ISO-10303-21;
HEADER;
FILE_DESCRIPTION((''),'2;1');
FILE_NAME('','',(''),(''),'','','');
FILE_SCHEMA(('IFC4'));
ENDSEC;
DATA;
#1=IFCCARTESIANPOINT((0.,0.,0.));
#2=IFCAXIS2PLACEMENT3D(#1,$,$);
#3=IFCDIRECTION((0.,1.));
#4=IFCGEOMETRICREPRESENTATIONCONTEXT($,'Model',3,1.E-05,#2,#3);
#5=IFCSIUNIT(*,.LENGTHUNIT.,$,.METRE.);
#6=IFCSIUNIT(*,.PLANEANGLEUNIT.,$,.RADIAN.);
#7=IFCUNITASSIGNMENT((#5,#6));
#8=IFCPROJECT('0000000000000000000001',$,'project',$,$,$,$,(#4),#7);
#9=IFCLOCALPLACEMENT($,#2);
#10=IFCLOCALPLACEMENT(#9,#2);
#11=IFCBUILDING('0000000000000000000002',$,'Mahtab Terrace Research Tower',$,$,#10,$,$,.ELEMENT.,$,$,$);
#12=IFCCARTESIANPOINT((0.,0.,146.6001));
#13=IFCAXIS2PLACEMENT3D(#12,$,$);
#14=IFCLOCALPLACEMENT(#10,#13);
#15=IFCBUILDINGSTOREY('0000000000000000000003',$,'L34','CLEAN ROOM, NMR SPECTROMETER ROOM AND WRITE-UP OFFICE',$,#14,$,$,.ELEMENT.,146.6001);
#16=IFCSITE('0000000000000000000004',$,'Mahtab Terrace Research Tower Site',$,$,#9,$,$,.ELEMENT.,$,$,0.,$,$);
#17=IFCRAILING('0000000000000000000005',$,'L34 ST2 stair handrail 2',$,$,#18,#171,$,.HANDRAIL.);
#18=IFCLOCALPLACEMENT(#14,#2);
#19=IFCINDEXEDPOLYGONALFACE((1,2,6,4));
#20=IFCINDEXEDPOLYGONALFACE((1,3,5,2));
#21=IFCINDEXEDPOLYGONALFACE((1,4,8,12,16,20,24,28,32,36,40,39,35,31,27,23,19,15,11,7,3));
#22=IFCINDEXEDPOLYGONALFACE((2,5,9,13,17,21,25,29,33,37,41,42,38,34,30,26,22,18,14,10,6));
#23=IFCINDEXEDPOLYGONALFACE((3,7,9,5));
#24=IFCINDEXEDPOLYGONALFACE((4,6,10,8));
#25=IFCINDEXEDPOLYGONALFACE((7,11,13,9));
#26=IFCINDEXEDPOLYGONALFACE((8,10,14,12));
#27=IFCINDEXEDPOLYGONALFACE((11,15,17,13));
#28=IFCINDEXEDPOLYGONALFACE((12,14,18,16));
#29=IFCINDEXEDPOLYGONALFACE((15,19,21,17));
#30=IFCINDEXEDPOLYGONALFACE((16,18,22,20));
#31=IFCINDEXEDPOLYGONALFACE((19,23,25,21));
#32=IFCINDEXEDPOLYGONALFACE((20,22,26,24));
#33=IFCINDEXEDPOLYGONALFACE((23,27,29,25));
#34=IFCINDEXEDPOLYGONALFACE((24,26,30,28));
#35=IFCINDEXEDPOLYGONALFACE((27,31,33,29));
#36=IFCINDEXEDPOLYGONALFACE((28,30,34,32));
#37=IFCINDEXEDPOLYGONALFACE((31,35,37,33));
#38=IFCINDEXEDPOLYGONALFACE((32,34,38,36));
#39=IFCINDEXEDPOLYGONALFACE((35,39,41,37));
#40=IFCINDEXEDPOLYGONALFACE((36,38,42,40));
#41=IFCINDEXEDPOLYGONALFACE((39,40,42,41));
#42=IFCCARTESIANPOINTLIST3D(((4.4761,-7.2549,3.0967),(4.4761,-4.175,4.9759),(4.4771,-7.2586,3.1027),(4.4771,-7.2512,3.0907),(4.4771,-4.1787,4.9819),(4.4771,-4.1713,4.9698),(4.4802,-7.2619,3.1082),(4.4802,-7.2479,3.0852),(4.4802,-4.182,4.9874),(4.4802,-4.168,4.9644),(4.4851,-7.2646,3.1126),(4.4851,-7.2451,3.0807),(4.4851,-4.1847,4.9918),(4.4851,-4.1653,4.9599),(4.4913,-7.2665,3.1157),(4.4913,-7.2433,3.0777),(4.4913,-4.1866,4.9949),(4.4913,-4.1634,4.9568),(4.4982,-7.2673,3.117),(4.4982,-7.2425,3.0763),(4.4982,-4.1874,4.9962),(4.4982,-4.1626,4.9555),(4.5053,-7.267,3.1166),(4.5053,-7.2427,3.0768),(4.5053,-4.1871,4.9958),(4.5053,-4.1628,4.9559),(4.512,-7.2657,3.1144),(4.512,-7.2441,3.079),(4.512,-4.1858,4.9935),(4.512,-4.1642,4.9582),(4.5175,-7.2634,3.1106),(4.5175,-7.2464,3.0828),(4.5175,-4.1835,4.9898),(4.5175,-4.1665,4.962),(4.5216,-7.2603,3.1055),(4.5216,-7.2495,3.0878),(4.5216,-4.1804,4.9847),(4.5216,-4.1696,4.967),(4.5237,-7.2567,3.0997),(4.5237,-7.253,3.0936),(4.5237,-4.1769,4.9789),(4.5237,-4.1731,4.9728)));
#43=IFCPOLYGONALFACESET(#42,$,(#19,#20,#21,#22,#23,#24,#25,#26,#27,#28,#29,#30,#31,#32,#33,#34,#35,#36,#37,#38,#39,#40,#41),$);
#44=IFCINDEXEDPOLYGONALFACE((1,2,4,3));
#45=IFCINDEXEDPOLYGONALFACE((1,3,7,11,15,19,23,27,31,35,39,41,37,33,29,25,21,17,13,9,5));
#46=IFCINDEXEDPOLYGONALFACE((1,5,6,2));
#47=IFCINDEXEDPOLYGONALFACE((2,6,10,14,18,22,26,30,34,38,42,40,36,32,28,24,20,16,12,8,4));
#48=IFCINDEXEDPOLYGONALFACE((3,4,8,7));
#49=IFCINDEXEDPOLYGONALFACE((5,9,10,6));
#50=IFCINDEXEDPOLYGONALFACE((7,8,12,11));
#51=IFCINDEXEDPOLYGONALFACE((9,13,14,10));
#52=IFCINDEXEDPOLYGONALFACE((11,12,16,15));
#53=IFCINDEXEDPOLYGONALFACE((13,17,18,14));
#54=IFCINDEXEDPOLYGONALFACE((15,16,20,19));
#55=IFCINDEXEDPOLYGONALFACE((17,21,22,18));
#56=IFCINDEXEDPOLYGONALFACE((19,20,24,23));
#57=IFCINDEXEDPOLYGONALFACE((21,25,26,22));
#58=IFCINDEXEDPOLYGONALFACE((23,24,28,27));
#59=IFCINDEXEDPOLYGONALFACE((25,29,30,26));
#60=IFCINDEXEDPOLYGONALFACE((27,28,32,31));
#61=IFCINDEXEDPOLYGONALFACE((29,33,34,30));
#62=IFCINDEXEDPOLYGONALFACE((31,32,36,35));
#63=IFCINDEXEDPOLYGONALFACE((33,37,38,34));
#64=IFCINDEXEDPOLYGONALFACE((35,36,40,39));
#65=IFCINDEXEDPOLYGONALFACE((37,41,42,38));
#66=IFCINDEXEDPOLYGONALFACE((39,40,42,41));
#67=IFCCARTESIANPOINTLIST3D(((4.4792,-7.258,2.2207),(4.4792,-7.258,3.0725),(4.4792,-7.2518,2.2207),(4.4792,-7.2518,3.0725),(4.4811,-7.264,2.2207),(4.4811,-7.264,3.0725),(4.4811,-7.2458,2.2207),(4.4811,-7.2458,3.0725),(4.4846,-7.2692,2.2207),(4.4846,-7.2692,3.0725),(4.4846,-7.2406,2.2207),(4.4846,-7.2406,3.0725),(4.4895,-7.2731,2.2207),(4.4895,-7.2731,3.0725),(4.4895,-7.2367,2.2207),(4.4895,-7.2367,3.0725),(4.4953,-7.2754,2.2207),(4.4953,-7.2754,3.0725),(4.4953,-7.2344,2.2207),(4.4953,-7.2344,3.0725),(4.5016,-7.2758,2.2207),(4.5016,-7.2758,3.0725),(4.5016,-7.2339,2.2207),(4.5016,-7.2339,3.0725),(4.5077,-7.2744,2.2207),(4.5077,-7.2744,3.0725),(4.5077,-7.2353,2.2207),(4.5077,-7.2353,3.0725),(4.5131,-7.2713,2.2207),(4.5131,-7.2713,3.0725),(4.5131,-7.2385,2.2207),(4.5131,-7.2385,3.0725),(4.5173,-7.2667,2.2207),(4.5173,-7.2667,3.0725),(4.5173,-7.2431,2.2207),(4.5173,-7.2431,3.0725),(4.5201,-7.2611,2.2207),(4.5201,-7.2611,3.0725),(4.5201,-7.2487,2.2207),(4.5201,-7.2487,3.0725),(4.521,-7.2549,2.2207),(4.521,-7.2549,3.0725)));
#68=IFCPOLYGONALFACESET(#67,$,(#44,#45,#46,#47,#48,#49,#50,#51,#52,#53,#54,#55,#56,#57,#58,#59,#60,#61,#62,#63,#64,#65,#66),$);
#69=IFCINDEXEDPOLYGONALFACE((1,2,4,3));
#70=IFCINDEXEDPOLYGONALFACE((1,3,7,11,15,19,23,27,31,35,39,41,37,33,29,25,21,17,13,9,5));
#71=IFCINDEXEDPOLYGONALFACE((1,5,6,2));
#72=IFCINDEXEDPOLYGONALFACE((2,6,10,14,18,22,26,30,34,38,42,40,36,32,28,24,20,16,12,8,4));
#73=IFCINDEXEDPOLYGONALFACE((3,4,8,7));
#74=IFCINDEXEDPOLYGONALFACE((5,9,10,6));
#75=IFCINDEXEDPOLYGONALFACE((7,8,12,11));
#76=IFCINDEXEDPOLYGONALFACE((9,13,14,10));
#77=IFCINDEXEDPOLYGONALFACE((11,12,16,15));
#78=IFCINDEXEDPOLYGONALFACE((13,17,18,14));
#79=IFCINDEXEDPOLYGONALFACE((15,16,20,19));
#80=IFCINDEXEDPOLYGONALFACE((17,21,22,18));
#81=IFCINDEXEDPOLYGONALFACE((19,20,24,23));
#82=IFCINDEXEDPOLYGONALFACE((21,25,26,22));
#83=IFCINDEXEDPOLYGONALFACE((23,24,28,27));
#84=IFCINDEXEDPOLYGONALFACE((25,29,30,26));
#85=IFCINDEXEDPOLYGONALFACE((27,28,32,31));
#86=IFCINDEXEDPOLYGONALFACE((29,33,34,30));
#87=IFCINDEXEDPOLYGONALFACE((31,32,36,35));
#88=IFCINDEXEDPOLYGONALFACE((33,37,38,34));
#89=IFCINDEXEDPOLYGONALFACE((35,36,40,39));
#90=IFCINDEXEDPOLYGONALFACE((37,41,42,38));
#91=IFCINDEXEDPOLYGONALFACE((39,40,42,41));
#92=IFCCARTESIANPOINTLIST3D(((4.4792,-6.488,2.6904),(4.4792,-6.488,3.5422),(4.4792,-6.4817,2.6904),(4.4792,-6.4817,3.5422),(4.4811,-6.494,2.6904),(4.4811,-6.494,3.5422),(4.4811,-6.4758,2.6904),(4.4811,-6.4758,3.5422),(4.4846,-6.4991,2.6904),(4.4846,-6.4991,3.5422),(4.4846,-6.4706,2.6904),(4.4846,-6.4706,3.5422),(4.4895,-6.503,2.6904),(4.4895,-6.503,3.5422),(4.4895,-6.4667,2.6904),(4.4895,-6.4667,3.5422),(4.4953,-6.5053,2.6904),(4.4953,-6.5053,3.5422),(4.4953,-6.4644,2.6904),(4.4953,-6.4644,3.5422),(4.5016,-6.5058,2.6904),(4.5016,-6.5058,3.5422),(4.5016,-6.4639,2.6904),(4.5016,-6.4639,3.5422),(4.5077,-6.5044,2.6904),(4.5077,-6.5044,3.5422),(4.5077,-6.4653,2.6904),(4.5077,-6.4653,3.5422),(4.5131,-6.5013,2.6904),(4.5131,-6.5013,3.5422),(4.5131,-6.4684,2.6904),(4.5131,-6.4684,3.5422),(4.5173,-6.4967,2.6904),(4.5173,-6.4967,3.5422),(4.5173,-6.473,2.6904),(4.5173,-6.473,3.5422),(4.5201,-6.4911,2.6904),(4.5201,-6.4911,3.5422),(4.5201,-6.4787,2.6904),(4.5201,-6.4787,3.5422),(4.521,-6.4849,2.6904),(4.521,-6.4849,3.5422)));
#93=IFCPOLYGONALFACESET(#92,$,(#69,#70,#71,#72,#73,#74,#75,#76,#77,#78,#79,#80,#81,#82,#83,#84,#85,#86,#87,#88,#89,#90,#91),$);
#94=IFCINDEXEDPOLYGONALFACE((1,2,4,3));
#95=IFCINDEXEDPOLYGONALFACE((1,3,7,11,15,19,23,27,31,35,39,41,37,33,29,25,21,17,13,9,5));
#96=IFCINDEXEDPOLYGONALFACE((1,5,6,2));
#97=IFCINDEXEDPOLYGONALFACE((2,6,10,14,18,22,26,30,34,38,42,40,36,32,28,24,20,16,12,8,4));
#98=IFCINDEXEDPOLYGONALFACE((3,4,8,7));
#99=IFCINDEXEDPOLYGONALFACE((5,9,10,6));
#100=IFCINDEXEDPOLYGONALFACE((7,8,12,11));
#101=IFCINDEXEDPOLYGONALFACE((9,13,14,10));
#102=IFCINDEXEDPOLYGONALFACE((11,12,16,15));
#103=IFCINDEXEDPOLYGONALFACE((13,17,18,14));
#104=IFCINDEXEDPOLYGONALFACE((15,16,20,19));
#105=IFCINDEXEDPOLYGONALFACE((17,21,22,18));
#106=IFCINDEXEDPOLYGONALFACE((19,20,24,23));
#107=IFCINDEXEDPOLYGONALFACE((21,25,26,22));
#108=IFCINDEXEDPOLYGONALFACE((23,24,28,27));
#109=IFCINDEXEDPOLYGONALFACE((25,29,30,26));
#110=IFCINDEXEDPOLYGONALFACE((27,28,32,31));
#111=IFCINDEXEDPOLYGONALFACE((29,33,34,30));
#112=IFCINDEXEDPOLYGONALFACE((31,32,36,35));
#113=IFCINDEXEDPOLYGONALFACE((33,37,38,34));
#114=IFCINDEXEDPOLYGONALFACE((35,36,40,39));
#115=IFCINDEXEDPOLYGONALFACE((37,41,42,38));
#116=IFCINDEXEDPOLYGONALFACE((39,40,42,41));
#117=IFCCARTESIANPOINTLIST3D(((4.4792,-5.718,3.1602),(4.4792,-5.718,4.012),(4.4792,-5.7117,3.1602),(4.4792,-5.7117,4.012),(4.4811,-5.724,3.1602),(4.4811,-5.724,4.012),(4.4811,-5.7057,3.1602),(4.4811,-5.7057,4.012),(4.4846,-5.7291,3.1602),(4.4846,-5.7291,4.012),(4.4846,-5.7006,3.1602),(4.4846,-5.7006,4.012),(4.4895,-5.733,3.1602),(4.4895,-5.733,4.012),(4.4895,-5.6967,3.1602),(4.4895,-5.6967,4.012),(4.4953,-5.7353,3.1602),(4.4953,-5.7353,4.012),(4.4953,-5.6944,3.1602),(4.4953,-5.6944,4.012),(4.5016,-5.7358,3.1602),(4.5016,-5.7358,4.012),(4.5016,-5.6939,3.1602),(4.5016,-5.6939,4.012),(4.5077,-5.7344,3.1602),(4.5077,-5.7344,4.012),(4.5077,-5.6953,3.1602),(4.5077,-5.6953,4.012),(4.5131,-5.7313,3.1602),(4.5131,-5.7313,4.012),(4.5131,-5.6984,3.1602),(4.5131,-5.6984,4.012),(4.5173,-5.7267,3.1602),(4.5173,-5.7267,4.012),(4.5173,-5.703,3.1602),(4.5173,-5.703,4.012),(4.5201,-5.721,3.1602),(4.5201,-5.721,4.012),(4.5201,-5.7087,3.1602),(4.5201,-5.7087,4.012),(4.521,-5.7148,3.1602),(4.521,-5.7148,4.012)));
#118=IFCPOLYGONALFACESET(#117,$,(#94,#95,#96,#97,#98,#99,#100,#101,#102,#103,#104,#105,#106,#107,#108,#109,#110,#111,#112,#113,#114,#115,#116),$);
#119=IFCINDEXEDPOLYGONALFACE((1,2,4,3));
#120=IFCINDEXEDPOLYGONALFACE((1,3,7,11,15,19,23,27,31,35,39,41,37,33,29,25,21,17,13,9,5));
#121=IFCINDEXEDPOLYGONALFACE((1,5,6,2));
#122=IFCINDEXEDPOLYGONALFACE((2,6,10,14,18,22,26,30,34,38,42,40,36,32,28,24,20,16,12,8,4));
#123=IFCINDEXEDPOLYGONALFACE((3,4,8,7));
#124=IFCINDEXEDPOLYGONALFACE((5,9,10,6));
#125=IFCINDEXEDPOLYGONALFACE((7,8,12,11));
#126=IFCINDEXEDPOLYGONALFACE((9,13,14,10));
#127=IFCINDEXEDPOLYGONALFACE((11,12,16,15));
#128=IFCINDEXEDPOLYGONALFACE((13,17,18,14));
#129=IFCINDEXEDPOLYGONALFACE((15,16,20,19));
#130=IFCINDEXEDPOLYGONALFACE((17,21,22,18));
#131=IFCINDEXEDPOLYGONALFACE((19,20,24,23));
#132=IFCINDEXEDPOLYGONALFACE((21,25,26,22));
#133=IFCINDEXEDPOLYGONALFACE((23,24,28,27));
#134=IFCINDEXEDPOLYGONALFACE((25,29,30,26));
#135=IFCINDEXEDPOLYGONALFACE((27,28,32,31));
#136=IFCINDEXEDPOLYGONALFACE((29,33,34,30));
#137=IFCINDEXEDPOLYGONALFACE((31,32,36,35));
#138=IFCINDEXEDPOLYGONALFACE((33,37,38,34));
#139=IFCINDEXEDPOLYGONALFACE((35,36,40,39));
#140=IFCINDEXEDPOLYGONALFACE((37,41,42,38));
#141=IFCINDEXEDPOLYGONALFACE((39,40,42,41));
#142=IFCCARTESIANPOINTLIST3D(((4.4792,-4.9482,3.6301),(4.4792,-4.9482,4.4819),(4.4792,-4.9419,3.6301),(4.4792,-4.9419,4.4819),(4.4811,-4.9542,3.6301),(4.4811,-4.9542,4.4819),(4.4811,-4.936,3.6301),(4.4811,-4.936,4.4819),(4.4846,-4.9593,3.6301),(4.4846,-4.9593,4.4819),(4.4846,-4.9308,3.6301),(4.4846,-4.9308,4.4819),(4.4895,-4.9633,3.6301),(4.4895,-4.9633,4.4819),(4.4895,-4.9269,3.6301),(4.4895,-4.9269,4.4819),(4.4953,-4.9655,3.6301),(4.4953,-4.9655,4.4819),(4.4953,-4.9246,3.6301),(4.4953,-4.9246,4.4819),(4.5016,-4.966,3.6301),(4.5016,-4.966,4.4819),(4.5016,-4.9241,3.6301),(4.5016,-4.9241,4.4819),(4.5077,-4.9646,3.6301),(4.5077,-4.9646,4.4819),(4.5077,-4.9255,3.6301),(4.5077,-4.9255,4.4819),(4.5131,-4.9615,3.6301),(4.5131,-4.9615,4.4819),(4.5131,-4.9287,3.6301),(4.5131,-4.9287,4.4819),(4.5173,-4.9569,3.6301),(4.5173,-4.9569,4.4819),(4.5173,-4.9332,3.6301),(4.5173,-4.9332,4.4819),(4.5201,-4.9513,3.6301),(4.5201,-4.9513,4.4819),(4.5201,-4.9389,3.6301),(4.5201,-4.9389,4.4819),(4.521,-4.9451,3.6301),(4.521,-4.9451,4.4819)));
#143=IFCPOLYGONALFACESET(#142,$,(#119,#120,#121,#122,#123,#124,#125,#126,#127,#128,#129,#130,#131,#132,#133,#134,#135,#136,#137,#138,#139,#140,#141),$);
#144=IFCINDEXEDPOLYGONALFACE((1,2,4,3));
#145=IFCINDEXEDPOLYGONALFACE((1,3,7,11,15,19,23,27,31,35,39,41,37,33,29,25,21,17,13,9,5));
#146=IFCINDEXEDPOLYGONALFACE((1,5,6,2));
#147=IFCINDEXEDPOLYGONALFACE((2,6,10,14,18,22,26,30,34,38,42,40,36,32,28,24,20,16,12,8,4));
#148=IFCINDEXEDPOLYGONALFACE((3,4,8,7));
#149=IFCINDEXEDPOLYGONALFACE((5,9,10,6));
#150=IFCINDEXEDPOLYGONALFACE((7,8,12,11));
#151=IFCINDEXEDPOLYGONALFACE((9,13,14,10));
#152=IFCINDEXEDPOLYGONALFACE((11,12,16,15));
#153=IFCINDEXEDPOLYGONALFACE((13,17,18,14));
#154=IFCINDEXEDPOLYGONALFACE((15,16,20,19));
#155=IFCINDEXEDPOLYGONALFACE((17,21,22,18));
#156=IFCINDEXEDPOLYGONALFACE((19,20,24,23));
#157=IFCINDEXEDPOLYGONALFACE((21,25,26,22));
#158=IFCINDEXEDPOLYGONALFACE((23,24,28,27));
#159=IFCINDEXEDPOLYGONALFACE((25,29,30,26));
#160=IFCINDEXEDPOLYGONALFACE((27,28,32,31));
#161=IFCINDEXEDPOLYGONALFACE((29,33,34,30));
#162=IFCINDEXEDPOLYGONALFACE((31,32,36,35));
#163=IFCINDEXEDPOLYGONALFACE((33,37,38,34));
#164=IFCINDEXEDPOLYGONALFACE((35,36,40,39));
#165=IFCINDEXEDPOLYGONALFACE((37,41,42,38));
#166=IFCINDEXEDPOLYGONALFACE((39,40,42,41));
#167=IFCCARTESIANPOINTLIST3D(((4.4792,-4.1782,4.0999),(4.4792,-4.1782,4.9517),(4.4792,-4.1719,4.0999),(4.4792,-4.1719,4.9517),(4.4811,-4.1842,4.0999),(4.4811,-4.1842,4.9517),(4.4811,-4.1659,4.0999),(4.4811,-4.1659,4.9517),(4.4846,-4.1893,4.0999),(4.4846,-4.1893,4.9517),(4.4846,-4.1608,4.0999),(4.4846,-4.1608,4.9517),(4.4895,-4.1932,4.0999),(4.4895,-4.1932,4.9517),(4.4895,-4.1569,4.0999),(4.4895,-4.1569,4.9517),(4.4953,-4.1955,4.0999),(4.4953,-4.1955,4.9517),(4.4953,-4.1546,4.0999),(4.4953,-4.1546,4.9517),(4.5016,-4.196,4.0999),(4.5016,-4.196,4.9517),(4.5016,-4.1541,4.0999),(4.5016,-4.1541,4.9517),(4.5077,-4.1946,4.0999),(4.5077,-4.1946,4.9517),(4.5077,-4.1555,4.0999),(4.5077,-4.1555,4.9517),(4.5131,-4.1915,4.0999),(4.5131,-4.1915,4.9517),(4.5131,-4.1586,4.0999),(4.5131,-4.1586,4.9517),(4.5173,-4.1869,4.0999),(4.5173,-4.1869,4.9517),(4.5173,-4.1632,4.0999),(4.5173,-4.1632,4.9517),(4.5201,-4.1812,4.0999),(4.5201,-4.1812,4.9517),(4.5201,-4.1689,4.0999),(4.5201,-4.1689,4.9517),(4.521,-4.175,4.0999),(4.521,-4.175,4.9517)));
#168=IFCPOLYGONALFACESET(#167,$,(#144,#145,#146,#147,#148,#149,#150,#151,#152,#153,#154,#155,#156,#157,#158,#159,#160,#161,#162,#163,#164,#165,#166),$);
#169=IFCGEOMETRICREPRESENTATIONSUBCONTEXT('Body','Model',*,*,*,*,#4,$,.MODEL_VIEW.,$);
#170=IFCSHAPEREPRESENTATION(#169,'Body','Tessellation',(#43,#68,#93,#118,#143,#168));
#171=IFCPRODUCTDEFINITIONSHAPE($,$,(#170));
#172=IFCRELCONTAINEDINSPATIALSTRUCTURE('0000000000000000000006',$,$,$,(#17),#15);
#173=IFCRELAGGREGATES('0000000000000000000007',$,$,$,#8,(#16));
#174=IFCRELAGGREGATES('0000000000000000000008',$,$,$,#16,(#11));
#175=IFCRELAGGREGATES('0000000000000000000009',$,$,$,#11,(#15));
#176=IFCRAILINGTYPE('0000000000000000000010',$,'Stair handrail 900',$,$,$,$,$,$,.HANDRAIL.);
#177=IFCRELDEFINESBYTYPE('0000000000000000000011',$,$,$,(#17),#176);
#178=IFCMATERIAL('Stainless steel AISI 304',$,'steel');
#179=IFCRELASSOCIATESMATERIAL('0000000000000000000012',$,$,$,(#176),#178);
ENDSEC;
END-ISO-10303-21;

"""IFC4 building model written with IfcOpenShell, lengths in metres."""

from ifc_helpers import new_model, si_unit, direction, frame, origin, origin_2d, place, context, subcontext, project, spatial, circle, extrude, material, type_object, element, save


model = new_model("IFC4")

# Units and contexts
model_context = context("Model", 3, precision=1e-05, world=origin(), true_north=direction((0.0, 1.0)))
body_context = subcontext(model_context, "Body", "Model", "MODEL_VIEW")
ifc_project = project(units=[si_unit("LENGTHUNIT", "METRE"), si_unit("PLANEANGLEUNIT", "RADIAN")], contexts=[model_context])

# Site, building, storey
site_placement = place(None, origin())
site = spatial("IfcSite", under=ifc_project, at=site_placement, Name="Mahtab Terrace Research Tower Site", CompositionType="ELEMENT", RefElevation=0.0)
building_placement = place(site_placement, origin())
building = spatial("IfcBuilding", under=site, at=building_placement, Name="Mahtab Terrace Research Tower", CompositionType="ELEMENT")
storey_placement = place(building_placement, frame((0.0, 0.0, 146.6001)))
storey = spatial("IfcBuildingStorey", under=building, at=storey_placement, Name="L34", Description="CLEAN ROOM, NMR SPECTROMETER ROOM AND WRITE-UP OFFICE", CompositionType="ELEMENT", Elevation=146.6001)

# Railing
ifc_material_1 = material(Name="Stainless steel AISI 304", Category="steel")
railing_type_1 = type_object("IfcRailingType", Name="Stair handrail 900", PredefinedType="HANDRAIL", material=ifc_material_1)
railing_1_placement = place(storey_placement, frame((4.5, -7.2549, 2.2207)))
element("IfcRailing", 1, at=railing_1_placement, inside=storey, type_object=railing_type_1, Name="L34 ST2 stair handrail 2", PredefinedType="HANDRAIL", context=body_context, shape_type="SweptSolid", body=[
    extrude(circle(Radius=0.0239, at=origin_2d()), frame((0.0, 0.0, 0.876), z_axis=(0.0, 0.853648, 0.52085), x_axis=(-1.0, 0.0, 0.0)), (0.0, 0.0, 1.0), 3.6079),
    extrude(circle(Radius=0.021, at=origin_2d()), origin(), (0.0, 0.0, 1.0), 0.8518),
    extrude(circle(Radius=0.021, at=origin_2d()), frame((0.0, 0.77, 0.4697)), (0.0, 0.0, 1.0), 0.8518),
    extrude(circle(Radius=0.021, at=origin_2d()), frame((0.0, 1.54, 0.9395)), (0.0, 0.0, 1.0), 0.8518),
    extrude(circle(Radius=0.021, at=origin_2d()), frame((0.0, 2.3098, 1.4094)), (0.0, 0.0, 1.0), 0.8518),
    extrude(circle(Radius=0.021, at=origin_2d()), frame((0.0, 3.0798, 1.8792)), (0.0, 0.0, 1.0), 0.8518),
])

save(model, "model.ifc")
